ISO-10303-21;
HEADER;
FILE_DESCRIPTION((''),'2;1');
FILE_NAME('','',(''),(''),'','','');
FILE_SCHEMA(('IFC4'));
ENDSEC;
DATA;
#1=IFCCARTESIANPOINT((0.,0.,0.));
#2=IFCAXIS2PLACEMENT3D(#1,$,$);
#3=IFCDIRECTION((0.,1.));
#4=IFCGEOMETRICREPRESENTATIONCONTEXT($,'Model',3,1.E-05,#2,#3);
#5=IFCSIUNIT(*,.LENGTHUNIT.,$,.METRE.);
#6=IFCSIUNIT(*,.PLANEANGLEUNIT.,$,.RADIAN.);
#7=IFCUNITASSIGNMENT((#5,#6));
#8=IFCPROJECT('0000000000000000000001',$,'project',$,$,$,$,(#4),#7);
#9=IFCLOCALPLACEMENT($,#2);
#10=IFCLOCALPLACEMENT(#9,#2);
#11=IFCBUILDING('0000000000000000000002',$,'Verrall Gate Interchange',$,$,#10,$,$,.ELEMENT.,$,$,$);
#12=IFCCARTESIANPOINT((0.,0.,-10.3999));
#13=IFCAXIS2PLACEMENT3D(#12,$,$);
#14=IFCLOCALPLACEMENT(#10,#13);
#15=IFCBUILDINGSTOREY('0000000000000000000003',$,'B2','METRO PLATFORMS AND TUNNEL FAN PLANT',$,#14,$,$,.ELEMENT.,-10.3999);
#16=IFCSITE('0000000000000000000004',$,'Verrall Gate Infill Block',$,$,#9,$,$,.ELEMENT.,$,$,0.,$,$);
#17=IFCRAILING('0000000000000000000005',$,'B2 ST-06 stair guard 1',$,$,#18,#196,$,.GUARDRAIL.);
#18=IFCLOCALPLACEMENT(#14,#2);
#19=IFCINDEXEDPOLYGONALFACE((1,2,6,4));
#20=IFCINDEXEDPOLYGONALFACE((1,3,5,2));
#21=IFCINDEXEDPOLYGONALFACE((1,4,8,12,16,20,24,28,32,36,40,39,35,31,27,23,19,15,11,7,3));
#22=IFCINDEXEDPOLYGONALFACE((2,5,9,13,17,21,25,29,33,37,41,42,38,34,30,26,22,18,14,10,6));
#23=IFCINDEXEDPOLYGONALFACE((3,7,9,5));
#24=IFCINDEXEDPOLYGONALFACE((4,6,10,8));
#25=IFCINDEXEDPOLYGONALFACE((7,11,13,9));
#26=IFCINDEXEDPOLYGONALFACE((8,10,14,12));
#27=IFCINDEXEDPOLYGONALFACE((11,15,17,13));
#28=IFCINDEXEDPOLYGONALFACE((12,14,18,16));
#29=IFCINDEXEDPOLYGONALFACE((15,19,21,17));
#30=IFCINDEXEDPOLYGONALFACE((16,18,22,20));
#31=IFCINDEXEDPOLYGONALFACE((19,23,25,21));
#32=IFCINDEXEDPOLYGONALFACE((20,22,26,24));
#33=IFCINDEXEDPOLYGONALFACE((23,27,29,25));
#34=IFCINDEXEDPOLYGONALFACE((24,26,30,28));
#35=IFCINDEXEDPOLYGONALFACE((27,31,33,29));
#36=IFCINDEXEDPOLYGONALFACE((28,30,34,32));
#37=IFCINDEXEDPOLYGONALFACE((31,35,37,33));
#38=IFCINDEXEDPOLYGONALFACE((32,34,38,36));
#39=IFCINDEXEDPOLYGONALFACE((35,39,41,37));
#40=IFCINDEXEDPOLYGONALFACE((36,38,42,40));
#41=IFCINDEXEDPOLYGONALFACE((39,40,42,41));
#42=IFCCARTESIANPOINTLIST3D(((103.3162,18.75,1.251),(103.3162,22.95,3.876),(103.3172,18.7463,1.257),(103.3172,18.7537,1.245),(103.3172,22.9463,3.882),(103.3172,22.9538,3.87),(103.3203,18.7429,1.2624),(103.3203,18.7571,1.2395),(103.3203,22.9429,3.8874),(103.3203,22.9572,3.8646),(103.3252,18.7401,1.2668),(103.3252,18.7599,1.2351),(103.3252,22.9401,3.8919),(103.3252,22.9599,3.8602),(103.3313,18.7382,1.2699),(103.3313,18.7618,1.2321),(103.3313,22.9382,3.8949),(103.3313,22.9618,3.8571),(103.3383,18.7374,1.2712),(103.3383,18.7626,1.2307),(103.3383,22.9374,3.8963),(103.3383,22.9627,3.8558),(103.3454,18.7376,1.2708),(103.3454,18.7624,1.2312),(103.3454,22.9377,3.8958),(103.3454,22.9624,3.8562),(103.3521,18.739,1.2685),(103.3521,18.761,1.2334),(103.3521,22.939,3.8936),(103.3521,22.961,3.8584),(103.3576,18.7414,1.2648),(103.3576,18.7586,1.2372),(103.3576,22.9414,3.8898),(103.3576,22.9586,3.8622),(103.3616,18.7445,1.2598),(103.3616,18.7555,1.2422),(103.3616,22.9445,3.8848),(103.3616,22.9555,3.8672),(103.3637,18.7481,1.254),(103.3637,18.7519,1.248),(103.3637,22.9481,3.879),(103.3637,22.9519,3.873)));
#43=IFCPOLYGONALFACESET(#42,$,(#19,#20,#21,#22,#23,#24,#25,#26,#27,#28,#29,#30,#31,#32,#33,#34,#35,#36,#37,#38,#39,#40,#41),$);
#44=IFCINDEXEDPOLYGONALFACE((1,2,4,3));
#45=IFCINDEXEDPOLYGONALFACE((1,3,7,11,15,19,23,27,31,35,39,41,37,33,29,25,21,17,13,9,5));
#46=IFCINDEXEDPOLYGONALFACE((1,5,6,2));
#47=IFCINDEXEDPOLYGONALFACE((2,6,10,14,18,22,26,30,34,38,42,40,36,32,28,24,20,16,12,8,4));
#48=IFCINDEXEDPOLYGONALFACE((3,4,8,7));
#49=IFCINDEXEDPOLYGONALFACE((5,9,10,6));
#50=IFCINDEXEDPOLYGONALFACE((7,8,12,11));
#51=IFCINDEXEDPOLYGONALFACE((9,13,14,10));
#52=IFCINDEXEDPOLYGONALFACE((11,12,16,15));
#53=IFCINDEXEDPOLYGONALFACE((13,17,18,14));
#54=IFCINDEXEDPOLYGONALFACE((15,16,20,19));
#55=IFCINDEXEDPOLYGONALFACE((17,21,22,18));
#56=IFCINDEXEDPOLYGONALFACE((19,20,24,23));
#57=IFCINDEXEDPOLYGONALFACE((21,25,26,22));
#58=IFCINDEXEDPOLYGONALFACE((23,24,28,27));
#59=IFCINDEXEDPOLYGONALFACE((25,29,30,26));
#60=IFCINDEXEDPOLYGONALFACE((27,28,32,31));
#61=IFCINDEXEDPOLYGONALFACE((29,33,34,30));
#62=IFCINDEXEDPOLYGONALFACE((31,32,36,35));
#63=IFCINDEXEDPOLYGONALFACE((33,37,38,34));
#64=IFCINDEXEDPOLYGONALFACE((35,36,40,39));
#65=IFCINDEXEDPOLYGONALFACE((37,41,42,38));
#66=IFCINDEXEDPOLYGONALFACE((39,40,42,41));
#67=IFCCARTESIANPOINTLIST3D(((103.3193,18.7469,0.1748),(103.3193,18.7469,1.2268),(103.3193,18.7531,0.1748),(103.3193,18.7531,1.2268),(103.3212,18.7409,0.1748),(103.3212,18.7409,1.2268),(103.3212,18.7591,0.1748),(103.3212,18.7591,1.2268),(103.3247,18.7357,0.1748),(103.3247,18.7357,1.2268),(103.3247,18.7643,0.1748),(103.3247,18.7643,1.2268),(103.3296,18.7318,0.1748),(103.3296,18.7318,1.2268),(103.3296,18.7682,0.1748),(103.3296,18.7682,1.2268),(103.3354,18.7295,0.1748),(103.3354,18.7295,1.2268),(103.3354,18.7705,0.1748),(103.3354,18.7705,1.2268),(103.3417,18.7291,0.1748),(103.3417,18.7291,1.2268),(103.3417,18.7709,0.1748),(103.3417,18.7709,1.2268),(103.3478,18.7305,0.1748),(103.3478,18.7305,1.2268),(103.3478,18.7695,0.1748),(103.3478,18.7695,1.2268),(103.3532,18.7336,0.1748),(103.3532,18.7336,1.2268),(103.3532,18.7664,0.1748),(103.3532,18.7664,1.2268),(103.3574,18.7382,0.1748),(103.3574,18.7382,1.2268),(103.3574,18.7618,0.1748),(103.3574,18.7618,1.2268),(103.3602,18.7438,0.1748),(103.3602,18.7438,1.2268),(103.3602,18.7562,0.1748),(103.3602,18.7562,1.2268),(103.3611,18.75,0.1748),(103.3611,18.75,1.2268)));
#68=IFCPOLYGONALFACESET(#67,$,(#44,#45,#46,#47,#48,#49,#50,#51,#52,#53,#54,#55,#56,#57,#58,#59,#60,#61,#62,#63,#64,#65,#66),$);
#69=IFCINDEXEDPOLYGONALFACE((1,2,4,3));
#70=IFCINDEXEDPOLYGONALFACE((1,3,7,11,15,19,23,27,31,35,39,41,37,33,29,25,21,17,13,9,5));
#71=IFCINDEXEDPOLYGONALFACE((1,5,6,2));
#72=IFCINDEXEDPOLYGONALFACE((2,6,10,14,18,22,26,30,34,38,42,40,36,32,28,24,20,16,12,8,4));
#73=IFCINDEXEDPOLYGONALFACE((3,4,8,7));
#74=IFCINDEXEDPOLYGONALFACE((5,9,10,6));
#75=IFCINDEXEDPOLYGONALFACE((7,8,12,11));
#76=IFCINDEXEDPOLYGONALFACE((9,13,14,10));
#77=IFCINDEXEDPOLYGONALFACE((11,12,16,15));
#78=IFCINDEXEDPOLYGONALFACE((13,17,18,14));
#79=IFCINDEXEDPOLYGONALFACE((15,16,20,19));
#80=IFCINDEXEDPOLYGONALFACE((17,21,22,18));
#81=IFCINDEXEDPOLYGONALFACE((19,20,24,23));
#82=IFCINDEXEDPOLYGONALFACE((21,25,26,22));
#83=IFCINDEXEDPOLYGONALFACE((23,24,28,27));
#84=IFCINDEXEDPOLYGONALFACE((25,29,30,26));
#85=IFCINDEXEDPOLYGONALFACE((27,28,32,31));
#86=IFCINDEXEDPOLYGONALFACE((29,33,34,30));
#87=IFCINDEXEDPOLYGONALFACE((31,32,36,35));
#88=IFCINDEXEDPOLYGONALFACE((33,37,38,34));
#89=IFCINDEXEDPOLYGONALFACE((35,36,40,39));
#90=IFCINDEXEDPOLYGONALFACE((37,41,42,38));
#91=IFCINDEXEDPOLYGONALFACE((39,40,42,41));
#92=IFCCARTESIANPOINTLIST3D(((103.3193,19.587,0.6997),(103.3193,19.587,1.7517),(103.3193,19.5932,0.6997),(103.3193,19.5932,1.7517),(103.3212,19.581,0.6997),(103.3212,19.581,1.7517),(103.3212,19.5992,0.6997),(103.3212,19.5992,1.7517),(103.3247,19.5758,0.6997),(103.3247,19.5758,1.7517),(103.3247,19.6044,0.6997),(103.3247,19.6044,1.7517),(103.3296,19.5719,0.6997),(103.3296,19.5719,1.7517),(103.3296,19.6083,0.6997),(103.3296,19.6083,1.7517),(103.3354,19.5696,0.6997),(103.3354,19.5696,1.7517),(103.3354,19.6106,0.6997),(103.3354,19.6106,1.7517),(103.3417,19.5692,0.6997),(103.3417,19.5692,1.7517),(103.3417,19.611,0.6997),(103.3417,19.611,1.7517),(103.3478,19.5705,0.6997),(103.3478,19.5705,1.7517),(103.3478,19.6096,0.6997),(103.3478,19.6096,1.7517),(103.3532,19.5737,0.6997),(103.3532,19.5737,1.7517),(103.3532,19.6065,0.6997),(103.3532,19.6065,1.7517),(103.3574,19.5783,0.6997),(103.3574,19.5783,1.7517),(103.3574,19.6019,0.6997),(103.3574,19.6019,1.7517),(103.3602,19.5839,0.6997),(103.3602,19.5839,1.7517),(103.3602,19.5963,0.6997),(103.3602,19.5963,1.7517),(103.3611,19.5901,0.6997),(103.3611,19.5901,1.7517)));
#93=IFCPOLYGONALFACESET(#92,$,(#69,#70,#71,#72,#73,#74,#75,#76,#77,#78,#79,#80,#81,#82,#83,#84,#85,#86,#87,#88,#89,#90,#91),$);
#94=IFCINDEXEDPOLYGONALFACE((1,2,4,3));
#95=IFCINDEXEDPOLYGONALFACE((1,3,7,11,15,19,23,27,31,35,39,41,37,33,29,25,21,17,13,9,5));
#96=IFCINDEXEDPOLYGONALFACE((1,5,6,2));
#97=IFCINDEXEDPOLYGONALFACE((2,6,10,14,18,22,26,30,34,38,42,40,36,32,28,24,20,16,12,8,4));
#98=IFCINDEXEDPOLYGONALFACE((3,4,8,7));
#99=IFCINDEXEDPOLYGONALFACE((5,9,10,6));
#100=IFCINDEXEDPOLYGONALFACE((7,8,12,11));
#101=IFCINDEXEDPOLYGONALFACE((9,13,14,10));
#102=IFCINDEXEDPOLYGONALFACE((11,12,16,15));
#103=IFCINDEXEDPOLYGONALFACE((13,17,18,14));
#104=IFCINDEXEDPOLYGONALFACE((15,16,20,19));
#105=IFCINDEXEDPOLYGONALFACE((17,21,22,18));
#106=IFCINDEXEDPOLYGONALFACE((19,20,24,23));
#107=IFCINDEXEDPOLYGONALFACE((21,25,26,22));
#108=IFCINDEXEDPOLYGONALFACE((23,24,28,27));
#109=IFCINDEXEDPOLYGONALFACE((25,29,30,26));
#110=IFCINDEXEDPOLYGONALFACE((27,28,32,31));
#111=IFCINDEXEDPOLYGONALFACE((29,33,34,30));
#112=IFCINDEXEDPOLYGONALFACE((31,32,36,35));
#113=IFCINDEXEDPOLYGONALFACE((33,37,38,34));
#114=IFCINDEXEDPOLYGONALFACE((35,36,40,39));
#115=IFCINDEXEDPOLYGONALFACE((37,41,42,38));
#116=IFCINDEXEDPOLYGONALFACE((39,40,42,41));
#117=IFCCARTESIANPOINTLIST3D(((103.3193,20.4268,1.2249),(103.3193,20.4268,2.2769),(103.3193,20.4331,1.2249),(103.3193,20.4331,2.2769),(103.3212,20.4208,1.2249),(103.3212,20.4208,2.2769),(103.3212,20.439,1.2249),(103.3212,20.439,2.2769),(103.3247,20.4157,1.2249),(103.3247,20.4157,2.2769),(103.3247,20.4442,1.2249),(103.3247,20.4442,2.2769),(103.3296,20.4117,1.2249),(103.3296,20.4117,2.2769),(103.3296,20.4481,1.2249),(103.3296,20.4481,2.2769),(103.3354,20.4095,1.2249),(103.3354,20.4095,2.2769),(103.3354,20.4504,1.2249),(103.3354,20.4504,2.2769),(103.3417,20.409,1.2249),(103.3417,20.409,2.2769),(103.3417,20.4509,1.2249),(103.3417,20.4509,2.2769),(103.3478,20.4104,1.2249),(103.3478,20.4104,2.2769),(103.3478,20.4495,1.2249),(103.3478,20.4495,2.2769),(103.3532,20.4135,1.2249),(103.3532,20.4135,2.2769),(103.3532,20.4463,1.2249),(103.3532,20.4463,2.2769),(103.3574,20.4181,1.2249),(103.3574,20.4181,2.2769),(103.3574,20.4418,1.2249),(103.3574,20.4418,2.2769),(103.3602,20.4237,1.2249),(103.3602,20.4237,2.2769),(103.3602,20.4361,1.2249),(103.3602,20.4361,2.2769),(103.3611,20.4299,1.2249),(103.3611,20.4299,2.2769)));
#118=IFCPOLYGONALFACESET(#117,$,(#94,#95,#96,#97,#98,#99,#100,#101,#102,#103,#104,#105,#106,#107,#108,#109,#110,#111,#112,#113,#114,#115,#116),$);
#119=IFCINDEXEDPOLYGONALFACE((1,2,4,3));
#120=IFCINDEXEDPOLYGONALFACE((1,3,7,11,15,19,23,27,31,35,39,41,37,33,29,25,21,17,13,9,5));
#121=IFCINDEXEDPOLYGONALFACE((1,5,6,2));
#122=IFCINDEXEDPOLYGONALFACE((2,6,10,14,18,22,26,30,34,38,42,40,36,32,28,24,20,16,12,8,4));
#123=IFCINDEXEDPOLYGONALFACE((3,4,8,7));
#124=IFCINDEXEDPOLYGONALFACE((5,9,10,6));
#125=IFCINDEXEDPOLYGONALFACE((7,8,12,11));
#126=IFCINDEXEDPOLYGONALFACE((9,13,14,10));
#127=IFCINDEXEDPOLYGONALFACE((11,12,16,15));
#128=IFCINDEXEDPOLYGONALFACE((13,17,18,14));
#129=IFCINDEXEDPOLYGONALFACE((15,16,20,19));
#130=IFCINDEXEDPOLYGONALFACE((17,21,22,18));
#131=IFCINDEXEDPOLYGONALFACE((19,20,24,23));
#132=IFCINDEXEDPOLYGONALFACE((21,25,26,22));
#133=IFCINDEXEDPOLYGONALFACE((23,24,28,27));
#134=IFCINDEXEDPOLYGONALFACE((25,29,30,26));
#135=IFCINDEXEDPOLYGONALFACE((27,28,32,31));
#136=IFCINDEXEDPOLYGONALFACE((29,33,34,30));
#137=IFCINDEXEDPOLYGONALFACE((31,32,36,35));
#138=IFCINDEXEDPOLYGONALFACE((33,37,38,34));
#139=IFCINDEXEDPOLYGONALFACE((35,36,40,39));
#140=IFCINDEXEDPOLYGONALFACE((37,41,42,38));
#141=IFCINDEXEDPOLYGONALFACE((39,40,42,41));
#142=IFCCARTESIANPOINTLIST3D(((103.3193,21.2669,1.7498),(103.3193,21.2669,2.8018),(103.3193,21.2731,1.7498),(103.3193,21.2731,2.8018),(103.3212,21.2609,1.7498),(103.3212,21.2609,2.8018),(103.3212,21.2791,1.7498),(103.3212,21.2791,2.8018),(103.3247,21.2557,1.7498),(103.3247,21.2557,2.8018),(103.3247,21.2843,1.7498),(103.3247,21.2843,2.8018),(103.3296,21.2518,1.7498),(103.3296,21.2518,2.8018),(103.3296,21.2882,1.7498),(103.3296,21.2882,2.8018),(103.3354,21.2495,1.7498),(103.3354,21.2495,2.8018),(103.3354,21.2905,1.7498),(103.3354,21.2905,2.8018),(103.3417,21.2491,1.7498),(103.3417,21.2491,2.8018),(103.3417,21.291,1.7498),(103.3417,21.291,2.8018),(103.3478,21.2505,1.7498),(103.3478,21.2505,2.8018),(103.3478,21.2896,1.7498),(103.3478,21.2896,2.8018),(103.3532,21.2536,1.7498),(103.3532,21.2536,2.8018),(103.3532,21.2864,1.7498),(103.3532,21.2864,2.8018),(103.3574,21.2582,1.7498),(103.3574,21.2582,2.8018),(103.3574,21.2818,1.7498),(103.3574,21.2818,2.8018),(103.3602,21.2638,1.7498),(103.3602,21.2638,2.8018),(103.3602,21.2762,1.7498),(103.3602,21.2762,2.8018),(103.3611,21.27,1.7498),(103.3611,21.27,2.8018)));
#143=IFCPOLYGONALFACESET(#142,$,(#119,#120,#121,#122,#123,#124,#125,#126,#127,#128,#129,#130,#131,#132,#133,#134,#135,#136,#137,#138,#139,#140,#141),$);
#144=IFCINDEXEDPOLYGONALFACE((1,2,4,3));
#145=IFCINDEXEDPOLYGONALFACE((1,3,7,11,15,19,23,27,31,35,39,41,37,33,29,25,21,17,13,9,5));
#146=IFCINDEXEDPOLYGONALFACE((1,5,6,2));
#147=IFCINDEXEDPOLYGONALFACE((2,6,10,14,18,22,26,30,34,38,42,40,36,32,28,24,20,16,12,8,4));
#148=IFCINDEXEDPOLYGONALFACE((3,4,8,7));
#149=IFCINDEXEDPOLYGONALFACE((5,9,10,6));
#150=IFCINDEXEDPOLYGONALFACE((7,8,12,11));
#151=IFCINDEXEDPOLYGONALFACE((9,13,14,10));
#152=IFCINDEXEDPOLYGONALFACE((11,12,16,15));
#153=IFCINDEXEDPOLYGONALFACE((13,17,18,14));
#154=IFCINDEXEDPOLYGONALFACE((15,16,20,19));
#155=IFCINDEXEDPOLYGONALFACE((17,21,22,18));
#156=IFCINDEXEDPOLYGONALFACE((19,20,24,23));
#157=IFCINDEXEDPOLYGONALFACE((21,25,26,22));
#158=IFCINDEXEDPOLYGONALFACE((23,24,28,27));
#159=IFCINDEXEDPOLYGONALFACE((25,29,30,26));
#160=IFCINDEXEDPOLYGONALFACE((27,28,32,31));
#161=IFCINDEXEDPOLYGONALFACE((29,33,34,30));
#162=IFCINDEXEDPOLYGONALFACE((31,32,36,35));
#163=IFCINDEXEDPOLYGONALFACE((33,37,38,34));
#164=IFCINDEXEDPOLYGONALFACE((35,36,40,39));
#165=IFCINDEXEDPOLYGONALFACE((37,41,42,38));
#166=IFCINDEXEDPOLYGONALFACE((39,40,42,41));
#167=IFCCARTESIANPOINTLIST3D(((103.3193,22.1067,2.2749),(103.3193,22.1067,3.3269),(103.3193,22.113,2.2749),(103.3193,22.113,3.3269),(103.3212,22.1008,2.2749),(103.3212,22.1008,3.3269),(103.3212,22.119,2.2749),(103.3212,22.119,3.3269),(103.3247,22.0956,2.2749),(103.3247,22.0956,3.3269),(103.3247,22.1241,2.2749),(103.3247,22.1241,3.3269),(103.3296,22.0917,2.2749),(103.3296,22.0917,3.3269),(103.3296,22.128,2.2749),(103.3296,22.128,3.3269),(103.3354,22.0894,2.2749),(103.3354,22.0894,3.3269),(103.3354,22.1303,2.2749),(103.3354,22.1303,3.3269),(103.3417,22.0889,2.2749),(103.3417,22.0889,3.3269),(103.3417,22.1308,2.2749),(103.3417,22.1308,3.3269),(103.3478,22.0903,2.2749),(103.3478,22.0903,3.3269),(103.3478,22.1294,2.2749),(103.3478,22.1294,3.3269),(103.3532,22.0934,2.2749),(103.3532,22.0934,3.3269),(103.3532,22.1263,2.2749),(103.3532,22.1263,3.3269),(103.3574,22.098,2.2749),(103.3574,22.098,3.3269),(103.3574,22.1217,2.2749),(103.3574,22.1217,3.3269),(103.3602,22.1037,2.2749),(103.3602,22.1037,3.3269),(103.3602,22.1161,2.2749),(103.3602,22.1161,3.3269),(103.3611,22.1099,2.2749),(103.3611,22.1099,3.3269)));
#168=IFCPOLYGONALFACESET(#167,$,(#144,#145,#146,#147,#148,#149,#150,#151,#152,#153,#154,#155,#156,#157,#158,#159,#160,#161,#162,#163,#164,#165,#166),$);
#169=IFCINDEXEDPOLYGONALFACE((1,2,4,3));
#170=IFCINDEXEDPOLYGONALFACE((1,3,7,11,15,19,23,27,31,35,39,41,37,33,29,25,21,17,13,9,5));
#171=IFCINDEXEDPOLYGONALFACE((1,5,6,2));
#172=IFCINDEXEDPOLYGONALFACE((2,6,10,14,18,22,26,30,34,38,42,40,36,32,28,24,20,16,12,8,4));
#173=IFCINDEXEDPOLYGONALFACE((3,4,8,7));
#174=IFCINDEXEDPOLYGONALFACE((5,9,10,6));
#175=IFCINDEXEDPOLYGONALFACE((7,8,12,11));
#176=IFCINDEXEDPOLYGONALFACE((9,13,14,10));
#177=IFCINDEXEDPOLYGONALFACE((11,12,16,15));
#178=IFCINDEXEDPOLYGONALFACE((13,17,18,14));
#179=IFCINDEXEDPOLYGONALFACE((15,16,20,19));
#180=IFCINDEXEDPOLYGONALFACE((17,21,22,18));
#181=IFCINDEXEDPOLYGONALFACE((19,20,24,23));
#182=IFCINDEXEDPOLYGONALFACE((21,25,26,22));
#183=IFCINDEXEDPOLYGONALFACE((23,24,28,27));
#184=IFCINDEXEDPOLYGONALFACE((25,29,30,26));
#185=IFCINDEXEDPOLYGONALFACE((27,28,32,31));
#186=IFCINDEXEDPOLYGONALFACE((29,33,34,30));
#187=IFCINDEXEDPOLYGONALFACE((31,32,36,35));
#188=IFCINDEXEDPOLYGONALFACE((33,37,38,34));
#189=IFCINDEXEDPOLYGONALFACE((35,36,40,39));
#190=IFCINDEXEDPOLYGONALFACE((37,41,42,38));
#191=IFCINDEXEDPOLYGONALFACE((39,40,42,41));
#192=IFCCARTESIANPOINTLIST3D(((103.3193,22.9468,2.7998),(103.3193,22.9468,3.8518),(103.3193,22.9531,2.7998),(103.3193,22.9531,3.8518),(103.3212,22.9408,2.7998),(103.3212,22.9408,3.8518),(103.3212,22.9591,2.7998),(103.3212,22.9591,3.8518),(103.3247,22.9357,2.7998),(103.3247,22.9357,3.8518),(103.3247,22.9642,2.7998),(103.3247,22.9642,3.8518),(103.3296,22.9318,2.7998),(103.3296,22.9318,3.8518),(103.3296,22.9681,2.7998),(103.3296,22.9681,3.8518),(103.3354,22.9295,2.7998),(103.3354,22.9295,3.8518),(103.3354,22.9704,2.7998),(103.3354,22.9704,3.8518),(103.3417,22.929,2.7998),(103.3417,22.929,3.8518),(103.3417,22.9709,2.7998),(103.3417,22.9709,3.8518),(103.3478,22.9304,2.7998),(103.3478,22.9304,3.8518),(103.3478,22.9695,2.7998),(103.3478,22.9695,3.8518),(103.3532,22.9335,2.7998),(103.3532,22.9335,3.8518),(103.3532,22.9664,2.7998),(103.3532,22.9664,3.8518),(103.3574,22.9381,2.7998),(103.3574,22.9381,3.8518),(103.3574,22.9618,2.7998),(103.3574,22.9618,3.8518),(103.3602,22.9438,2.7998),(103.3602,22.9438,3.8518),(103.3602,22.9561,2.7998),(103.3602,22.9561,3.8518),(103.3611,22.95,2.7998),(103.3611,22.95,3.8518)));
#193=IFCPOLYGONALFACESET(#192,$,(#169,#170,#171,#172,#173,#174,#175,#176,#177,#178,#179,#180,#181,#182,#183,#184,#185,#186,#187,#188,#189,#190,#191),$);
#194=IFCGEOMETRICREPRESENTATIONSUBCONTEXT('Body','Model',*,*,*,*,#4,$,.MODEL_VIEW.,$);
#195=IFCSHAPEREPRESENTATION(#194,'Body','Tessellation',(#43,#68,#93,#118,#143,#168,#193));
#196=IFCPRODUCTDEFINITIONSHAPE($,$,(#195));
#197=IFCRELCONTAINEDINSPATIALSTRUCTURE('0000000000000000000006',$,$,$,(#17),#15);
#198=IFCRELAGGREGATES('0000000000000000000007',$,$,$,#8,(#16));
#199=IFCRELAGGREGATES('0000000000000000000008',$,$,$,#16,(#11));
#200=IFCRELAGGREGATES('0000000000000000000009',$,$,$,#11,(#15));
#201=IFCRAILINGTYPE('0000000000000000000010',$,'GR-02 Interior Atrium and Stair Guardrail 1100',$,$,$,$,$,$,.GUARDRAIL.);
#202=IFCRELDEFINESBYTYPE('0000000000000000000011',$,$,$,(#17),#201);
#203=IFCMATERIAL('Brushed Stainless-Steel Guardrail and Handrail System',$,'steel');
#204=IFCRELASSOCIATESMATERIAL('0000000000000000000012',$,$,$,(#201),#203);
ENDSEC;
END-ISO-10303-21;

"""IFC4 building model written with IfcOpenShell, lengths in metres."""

from ifc_helpers import new_model, si_unit, direction, frame, origin, origin_2d, place, context, subcontext, project, spatial, circle, extrude, material, type_object, element, save


model = new_model("IFC4")

# Units and contexts
model_context = context("Model", 3, precision=1e-05, world=origin(), true_north=direction((0.0, 1.0)))
body_context = subcontext(model_context, "Body", "Model", "MODEL_VIEW")
ifc_project = project(units=[si_unit("LENGTHUNIT", "METRE"), si_unit("PLANEANGLEUNIT", "RADIAN")], contexts=[model_context])

# Site, building, storey
site_placement = place(None, origin())
site = spatial("IfcSite", under=ifc_project, at=site_placement, Name="Verrall Gate Infill Block", CompositionType="ELEMENT", RefElevation=0.0)
building_placement = place(site_placement, origin())
building = spatial("IfcBuilding", under=site, at=building_placement, Name="Verrall Gate Interchange", CompositionType="ELEMENT")
storey_placement = place(building_placement, frame((0.0, 0.0, -10.3999)))
storey = spatial("IfcBuildingStorey", under=building, at=storey_placement, Name="B2", Description="METRO PLATFORMS AND TUNNEL FAN PLANT", CompositionType="ELEMENT", Elevation=-10.3999)

# Railing
ifc_material_1 = material(Name="Brushed Stainless-Steel Guardrail and Handrail System", Category="steel")
railing_type_1 = type_object("IfcRailingType", Name="GR-02 Interior Atrium and Stair Guardrail 1100", PredefinedType="GUARDRAIL", material=ifc_material_1)
railing_1_placement = place(storey_placement, frame((103.3401, 18.75, 0.1748)))
element("IfcRailing", 1, at=railing_1_placement, inside=storey, type_object=railing_type_1, Name="B2 ST-06 stair guard 1", PredefinedType="GUARDRAIL", context=body_context, shape_type="SweptSolid", body=[
    extrude(circle(Radius=0.0239, at=origin_2d()), frame((0.0, 0.0, 1.0762), z_axis=(0.0, 0.847996, 0.530003), x_axis=(-1.0, 0.0, 0.0)), (0.0, 0.0, 1.0), 4.9529),
    extrude(circle(Radius=0.021, at=origin_2d()), origin(), (0.0, 0.0, 1.0), 1.052),
    extrude(circle(Radius=0.021, at=origin_2d()), frame((0.0, 0.8401, 0.5249)), (0.0, 0.0, 1.0), 1.052),
    extrude(circle(Radius=0.021, at=origin_2d()), frame((0.0, 1.6799, 1.05)), (0.0, 0.0, 1.0), 1.052),
    extrude(circle(Radius=0.021, at=origin_2d()), frame((0.0, 2.52, 1.575)), (0.0, 0.0, 1.0), 1.052),
    extrude(circle(Radius=0.021, at=origin_2d()), frame((0.0, 3.3599, 2.1001)), (0.0, 0.0, 1.0), 1.052),
    extrude(circle(Radius=0.021, at=origin_2d()), frame((0.0, 4.2, 2.625)), (0.0, 0.0, 1.0), 1.052),
])

save(model, "model.ifc")
